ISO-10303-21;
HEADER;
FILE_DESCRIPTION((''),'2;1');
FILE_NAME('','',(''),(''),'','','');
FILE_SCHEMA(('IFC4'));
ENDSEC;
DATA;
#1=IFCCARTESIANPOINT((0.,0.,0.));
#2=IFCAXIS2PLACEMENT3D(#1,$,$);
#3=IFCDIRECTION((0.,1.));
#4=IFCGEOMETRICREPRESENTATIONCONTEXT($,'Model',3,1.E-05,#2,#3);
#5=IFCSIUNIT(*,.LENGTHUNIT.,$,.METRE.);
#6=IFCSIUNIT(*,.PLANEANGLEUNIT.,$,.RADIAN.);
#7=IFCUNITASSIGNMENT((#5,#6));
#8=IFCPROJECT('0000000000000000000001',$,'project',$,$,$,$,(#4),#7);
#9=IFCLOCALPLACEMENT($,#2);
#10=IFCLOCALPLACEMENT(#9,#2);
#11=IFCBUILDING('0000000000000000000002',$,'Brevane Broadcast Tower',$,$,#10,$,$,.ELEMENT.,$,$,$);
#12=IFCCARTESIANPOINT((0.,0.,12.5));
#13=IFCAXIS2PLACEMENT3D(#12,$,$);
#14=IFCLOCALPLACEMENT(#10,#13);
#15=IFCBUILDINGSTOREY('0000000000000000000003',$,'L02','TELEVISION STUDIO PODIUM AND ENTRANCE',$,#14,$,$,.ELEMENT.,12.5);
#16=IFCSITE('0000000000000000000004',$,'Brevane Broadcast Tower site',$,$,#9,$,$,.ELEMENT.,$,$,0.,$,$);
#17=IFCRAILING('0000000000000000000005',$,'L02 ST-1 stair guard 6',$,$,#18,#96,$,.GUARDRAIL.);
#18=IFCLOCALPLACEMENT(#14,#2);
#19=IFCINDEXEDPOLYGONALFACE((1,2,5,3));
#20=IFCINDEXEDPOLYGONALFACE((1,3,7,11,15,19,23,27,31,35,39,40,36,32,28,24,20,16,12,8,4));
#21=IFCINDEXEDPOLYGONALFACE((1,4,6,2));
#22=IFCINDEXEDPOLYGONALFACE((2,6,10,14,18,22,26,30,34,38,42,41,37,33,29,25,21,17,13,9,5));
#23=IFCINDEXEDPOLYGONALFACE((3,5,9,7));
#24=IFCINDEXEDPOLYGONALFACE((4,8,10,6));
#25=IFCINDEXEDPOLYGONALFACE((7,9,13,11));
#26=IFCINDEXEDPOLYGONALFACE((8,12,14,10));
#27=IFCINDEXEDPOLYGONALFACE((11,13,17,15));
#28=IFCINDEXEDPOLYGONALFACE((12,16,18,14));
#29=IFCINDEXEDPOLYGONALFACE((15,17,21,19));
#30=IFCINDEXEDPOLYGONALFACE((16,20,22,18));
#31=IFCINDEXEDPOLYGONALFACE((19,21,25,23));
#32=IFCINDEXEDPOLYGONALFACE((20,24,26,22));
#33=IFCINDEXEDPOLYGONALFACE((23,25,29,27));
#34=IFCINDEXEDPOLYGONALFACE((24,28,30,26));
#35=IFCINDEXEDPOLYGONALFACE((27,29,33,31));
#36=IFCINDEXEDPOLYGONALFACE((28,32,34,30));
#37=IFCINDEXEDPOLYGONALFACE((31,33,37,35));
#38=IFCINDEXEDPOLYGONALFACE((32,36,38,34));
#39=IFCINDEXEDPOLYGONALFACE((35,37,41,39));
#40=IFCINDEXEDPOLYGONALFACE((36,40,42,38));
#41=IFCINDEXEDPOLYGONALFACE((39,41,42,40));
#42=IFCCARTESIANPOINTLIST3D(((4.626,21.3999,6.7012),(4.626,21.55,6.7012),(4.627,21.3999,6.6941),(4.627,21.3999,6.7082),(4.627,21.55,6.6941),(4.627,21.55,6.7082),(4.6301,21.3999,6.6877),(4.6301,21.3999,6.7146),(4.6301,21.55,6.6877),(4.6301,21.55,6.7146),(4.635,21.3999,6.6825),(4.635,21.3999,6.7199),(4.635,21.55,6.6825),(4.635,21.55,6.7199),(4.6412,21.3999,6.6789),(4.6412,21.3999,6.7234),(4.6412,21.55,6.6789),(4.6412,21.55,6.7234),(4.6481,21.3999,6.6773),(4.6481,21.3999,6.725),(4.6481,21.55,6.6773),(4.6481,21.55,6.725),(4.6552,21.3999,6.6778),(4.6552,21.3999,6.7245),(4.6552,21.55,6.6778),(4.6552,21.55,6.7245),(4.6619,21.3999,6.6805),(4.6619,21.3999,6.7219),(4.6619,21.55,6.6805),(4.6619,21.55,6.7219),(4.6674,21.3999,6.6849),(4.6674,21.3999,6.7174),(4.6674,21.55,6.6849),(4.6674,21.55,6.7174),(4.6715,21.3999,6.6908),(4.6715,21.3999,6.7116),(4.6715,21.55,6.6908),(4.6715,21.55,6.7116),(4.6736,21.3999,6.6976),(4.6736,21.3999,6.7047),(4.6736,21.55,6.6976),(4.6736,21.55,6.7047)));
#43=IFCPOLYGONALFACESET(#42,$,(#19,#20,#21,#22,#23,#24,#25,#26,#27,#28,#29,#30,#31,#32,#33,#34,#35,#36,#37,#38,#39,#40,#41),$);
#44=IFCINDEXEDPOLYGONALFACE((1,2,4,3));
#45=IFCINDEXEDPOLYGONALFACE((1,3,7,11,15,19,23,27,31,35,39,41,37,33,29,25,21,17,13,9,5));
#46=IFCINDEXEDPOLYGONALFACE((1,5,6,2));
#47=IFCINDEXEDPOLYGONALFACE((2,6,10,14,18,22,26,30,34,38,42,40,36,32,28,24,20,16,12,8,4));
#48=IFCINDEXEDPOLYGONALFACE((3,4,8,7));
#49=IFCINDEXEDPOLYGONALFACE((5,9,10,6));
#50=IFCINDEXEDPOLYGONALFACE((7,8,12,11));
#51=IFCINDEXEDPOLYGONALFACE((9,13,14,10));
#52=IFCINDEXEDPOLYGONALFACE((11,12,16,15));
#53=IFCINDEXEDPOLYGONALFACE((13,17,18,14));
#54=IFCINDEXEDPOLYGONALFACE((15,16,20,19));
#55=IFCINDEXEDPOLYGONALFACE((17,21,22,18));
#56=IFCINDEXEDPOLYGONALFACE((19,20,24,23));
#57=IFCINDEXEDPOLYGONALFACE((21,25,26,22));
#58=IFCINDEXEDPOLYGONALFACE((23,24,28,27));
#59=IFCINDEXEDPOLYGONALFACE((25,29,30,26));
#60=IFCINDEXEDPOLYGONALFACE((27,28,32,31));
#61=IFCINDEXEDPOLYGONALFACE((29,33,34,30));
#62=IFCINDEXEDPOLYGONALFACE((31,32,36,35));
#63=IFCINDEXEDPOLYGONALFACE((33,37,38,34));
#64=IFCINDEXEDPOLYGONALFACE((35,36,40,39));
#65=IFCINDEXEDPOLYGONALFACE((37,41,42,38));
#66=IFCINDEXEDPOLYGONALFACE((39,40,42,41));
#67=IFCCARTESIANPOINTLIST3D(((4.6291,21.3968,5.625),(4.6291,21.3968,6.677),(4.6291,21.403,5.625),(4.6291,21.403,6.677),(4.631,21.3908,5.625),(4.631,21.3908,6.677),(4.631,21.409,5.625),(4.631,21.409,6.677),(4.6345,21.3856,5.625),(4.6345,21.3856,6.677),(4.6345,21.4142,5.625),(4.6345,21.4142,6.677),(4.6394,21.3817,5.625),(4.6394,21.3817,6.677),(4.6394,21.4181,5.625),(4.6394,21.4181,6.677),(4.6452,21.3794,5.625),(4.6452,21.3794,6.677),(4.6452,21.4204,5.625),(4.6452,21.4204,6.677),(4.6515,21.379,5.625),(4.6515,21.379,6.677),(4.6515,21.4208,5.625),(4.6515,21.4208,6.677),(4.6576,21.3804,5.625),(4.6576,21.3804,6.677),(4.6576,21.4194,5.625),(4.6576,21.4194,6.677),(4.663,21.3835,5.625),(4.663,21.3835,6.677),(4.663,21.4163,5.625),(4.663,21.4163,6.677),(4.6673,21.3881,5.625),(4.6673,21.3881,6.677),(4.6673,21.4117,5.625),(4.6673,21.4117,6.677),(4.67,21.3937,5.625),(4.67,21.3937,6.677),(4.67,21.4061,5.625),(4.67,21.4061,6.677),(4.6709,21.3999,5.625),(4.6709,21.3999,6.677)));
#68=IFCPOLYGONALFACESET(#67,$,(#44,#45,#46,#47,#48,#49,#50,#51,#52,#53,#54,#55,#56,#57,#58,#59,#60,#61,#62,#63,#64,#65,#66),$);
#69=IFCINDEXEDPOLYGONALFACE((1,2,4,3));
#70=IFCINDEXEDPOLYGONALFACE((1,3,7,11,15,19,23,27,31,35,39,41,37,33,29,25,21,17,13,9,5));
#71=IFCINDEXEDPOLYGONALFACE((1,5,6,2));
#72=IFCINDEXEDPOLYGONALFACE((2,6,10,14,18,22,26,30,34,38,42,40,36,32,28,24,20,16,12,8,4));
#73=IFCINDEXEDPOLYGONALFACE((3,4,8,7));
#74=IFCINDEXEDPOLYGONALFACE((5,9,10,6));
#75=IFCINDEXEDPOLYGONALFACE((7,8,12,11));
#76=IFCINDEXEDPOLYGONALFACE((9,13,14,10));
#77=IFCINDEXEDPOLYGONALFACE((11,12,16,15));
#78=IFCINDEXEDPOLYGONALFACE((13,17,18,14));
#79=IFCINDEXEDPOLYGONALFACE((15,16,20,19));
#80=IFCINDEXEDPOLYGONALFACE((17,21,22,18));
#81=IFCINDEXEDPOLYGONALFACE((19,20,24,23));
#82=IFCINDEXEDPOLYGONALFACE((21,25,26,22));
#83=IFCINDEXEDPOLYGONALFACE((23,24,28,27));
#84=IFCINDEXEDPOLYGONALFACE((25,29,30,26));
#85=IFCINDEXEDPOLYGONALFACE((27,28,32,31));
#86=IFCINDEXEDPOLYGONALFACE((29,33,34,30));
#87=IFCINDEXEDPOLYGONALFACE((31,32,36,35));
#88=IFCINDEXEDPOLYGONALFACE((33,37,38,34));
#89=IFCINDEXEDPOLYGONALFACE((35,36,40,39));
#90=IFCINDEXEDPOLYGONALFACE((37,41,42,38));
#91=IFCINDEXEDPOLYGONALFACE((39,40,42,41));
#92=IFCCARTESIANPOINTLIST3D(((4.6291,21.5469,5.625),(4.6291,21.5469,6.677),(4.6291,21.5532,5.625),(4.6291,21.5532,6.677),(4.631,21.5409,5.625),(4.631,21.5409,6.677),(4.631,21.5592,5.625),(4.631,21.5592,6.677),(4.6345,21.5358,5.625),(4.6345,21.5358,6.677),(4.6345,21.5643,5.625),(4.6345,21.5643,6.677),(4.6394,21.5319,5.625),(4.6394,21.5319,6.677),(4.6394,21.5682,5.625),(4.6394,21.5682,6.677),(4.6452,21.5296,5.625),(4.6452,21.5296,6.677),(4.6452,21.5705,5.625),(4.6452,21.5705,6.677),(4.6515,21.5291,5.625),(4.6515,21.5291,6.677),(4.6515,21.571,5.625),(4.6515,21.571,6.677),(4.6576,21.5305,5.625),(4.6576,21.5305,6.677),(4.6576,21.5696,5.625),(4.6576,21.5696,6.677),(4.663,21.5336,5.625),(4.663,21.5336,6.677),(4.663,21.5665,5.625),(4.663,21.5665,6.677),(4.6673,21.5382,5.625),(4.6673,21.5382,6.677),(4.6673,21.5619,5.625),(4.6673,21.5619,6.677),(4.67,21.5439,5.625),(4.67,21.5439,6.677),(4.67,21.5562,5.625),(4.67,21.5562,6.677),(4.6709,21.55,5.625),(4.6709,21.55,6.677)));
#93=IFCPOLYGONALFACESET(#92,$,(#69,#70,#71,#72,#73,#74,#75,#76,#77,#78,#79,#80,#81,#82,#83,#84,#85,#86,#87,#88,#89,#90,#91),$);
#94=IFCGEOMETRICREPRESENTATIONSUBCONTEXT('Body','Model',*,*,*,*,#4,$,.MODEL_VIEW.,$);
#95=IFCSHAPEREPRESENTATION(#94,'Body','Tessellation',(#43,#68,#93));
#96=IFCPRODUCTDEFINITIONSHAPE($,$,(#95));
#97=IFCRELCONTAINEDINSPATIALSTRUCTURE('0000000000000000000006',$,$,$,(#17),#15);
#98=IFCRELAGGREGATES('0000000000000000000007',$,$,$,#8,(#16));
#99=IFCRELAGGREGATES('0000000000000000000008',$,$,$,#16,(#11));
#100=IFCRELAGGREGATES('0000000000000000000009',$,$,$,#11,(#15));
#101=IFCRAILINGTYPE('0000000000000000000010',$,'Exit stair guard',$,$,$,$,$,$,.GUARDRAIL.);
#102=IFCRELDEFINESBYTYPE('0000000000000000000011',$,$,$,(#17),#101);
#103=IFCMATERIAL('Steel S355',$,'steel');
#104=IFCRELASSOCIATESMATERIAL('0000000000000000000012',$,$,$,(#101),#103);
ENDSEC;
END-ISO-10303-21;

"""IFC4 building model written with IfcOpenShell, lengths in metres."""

from ifc_helpers import new_model, si_unit, direction, frame, origin, origin_2d, place, context, subcontext, project, spatial, circle, extrude, material, type_object, element, save


model = new_model("IFC4")

# Units and contexts
model_context = context("Model", 3, precision=1e-05, world=origin(), true_north=direction((0.0, 1.0)))
body_context = subcontext(model_context, "Body", "Model", "MODEL_VIEW")
ifc_project = project(units=[si_unit("LENGTHUNIT", "METRE"), si_unit("PLANEANGLEUNIT", "RADIAN")], contexts=[model_context])

# Site, building, storey
site_placement = place(None, origin())
site = spatial("IfcSite", under=ifc_project, at=site_placement, Name="Brevane Broadcast Tower site", CompositionType="ELEMENT", RefElevation=0.0)
building_placement = place(site_placement, origin())
building = spatial("IfcBuilding", under=site, at=building_placement, Name="Brevane Broadcast Tower", CompositionType="ELEMENT")
storey_placement = place(building_placement, frame((0.0, 0.0, 12.5)))
storey = spatial("IfcBuildingStorey", under=building, at=storey_placement, Name="L02", Description="TELEVISION STUDIO PODIUM AND ENTRANCE", CompositionType="ELEMENT", Elevation=12.5)

# Railing
ifc_material_1 = material(Name="Steel S355", Category="steel")
railing_type_1 = type_object("IfcRailingType", Name="Exit stair guard", PredefinedType="GUARDRAIL", material=ifc_material_1)
railing_1_placement = place(storey_placement, frame((4.6499, 21.3999, 5.625)))
element("IfcRailing", 1, at=railing_1_placement, inside=storey, type_object=railing_type_1, Name="L02 ST-1 stair guard 6", PredefinedType="GUARDRAIL", context=body_context, shape_type="SweptSolid", body=[
    extrude(circle(Radius=0.0239, at=origin_2d()), frame((0.0, 0.0, 1.0762), z_axis=(0.0, 1.0, 0.0), x_axis=(-1.0, 0.0, 0.0)), (0.0, 0.0, 1.0), 0.1501),
    extrude(circle(Radius=0.021, at=origin_2d()), origin(), (0.0, 0.0, 1.0), 1.052),
    extrude(circle(Radius=0.021, at=origin_2d()), frame((0.0, 0.1501, 0.0)), (0.0, 0.0, 1.0), 1.052),
])

save(model, "model.ifc")
